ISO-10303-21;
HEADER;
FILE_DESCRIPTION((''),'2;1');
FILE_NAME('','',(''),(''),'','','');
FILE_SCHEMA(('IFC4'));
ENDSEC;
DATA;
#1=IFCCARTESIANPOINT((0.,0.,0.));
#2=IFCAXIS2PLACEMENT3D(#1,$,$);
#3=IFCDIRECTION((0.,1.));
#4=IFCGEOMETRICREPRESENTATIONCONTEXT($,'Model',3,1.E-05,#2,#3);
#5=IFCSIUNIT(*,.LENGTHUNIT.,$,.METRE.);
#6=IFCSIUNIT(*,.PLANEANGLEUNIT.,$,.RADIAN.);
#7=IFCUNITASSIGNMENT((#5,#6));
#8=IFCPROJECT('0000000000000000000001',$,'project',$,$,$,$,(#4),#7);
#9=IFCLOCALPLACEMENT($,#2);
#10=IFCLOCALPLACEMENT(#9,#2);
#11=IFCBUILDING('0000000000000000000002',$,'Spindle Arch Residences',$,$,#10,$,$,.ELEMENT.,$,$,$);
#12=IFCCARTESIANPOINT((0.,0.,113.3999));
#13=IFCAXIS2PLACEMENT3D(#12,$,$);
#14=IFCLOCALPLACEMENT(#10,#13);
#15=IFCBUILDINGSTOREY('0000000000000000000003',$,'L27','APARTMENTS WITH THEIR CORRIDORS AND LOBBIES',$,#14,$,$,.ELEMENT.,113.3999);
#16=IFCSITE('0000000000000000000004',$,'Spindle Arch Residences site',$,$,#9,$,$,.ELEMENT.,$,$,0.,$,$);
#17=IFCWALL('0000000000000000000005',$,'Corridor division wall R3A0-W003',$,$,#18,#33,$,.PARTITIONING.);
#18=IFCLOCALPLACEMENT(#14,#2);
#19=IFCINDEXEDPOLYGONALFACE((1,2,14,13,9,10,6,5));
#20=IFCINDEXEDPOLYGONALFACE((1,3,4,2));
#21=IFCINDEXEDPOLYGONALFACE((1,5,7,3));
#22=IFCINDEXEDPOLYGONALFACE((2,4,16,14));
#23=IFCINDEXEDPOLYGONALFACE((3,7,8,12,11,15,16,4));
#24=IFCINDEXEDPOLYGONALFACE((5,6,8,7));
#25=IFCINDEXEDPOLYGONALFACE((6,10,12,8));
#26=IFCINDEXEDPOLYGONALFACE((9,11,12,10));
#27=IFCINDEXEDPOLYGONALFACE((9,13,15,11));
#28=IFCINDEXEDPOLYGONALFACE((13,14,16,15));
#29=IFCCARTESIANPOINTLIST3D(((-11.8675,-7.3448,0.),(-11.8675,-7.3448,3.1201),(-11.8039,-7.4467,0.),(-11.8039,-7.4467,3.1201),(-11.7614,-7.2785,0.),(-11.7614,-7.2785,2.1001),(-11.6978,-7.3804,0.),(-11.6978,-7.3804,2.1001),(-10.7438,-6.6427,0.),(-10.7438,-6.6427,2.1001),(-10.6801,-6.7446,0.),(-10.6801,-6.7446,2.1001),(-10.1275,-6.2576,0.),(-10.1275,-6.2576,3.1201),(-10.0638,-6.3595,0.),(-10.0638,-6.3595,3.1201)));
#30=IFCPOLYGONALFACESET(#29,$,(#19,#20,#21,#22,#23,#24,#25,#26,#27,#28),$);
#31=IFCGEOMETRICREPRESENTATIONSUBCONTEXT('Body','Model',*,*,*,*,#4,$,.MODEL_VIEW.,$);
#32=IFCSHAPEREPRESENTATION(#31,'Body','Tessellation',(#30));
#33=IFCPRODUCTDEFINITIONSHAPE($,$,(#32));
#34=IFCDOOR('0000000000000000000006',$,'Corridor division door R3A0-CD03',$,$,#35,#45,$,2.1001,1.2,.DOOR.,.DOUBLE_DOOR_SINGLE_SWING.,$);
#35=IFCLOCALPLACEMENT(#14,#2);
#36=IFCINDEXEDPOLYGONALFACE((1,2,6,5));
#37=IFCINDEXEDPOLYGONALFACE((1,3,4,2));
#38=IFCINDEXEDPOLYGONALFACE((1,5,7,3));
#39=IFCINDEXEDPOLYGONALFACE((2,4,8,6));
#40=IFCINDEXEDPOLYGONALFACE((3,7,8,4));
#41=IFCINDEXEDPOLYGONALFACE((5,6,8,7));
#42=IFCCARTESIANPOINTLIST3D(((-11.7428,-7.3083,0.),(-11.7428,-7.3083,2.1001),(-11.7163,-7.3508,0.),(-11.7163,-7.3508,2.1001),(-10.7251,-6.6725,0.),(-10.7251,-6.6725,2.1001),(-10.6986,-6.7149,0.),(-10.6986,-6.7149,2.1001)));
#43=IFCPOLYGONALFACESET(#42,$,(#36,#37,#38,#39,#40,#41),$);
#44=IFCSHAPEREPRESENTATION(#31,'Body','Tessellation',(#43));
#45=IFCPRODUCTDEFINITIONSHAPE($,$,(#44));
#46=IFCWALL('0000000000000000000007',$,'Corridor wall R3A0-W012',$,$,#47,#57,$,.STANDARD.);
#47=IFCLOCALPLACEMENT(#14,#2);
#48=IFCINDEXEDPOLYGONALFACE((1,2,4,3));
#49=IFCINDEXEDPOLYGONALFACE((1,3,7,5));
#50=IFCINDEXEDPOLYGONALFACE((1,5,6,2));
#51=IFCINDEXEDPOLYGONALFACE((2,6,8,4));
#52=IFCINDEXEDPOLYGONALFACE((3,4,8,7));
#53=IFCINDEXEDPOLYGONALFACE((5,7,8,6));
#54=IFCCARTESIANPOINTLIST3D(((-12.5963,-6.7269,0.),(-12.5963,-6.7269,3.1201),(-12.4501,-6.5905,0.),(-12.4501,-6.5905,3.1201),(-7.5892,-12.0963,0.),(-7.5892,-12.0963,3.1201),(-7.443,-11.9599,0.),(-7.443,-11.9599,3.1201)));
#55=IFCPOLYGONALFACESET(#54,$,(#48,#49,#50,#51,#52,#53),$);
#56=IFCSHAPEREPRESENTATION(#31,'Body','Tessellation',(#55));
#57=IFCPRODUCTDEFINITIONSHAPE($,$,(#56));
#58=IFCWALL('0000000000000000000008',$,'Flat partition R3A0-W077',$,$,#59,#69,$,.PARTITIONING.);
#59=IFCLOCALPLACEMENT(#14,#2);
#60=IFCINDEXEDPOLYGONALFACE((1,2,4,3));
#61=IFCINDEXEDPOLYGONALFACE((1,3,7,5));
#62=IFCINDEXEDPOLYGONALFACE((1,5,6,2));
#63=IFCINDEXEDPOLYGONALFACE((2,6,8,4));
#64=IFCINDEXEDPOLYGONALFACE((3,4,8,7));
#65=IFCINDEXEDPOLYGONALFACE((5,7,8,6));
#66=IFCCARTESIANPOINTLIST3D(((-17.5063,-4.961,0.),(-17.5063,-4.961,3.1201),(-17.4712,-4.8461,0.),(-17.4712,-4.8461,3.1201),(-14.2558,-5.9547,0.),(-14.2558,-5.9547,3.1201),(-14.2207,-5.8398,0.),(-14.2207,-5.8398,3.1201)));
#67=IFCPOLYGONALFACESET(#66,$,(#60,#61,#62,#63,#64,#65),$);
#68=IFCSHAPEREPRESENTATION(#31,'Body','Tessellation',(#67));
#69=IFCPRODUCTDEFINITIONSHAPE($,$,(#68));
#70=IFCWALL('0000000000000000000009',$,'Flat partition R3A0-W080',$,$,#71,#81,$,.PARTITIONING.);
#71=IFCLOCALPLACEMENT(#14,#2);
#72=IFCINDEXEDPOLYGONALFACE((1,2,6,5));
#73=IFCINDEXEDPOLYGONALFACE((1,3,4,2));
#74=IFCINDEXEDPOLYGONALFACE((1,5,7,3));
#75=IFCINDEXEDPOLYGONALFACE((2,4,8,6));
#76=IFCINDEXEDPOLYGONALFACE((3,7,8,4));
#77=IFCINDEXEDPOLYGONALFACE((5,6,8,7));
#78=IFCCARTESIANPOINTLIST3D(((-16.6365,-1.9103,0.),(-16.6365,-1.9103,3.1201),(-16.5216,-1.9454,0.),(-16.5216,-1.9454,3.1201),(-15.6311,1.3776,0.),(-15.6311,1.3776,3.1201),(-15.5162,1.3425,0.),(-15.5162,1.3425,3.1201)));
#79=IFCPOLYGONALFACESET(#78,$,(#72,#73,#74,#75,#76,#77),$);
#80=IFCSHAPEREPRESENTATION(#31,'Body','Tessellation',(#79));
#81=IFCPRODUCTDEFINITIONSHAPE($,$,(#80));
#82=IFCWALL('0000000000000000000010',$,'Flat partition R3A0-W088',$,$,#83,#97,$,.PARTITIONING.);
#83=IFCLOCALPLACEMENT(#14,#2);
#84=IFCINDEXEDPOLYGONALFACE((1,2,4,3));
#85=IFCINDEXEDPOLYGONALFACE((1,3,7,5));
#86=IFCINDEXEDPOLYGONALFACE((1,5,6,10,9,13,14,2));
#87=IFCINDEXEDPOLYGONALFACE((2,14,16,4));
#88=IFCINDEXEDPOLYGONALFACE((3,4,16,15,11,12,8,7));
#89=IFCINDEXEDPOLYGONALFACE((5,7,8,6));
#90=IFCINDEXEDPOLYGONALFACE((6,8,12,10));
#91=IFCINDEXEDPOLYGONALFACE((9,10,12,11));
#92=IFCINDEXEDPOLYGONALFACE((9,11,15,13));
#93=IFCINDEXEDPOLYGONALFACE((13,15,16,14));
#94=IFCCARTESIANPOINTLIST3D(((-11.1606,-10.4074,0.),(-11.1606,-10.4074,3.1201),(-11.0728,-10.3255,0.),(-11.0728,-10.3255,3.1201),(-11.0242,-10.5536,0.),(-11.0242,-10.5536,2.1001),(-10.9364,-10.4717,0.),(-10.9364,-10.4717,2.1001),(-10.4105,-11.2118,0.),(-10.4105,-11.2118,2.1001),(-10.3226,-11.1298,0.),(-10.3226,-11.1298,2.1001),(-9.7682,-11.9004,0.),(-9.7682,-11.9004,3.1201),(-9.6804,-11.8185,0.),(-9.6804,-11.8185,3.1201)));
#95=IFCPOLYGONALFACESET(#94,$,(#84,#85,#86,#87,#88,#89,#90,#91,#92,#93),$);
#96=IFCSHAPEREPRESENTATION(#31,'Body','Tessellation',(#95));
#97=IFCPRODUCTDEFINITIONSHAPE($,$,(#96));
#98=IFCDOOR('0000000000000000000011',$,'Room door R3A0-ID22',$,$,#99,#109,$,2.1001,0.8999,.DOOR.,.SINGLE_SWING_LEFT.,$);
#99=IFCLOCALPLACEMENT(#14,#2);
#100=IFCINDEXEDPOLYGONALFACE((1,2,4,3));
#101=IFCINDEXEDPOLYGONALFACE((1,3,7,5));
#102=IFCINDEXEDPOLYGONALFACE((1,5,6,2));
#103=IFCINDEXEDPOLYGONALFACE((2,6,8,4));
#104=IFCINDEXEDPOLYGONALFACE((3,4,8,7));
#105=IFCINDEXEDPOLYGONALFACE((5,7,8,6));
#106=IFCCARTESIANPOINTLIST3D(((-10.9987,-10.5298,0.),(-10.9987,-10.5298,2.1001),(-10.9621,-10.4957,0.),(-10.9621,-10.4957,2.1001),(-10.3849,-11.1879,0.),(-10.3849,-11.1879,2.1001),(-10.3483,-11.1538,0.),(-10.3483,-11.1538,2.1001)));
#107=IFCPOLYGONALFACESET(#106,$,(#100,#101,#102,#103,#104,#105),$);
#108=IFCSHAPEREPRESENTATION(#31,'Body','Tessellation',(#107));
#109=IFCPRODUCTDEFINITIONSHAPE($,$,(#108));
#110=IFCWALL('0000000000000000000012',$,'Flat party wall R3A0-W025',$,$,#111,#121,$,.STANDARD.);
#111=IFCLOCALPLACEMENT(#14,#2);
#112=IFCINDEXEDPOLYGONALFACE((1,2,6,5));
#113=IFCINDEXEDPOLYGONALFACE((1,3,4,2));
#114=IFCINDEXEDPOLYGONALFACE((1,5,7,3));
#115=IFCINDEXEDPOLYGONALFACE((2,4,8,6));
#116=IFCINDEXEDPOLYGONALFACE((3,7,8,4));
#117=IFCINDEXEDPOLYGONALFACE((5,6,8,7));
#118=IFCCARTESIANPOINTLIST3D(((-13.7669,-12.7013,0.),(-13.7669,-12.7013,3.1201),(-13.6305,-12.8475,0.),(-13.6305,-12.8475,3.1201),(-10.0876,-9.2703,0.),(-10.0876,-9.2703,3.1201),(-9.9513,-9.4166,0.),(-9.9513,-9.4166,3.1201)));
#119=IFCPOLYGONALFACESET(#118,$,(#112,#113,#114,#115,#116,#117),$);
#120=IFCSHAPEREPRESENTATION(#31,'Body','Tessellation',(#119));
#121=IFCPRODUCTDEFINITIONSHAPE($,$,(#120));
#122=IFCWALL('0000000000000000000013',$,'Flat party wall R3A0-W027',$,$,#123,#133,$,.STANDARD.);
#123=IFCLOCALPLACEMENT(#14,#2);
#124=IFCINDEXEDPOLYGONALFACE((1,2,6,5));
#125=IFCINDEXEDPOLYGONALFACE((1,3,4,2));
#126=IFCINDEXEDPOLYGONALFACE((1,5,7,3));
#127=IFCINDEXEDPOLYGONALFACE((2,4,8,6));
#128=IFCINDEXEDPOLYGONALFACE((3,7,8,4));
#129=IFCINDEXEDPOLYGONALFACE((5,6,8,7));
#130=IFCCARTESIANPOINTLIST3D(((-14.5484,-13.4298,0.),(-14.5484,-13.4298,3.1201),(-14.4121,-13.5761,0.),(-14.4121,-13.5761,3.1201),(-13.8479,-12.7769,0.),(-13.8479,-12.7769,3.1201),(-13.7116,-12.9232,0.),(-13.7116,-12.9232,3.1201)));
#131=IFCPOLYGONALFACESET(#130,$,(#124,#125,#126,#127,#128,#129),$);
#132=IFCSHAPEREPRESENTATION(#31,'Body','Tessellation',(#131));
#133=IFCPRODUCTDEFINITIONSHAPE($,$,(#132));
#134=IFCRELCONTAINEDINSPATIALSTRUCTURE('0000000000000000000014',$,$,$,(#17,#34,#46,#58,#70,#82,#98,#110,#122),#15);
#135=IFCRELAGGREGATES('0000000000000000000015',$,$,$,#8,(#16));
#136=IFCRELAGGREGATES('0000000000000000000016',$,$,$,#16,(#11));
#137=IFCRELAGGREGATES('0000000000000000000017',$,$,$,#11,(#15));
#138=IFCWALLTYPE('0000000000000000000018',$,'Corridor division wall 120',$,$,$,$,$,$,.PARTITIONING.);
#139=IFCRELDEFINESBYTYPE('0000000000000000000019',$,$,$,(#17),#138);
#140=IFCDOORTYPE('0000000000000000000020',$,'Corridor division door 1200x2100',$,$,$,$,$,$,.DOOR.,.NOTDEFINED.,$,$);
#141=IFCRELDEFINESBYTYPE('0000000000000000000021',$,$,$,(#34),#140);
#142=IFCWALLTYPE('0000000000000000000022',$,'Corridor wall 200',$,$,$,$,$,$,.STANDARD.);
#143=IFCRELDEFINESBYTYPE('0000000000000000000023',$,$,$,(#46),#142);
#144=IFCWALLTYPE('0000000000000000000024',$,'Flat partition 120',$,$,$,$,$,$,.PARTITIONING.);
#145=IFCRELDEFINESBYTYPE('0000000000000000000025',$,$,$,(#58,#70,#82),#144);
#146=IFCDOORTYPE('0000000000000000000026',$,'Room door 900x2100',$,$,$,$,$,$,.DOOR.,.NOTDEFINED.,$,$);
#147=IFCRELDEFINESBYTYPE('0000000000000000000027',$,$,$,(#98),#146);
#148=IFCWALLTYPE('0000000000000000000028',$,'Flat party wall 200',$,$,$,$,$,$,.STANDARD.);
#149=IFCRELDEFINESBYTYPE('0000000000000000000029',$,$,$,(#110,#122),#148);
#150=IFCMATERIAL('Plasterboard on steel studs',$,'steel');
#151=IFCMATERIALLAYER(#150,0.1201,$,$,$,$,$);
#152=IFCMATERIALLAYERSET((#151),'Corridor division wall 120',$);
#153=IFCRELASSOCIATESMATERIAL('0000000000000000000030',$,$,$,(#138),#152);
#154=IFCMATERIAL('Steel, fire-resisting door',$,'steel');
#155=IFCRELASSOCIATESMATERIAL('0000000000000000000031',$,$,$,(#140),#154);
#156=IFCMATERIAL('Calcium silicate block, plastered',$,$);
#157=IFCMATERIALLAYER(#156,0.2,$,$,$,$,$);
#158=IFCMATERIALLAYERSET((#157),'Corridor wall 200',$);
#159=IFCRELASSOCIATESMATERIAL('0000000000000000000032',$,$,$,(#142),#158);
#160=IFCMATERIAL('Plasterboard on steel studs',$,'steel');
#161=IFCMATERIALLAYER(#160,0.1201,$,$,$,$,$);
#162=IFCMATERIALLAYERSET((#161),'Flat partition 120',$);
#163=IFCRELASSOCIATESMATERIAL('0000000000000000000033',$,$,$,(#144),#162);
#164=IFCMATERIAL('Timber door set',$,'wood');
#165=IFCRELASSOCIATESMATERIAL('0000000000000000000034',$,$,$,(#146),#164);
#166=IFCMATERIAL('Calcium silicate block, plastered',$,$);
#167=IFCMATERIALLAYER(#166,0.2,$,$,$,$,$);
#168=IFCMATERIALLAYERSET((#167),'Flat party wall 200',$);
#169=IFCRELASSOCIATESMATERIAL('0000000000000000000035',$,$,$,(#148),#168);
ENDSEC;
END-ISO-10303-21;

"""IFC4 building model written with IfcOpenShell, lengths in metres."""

from ifc_helpers import new_model, si_unit, direction, frame, frame_2d, origin, place, context, subcontext, project, spatial, rectangle, extrude, material, layer, layer_set, type_object, element, fill, save


model = new_model("IFC4")

# Units and contexts
model_context = context("Model", 3, precision=1e-05, world=origin(), true_north=direction((0.0, 1.0)))
body_context = subcontext(model_context, "Body", "Model", "MODEL_VIEW")
ifc_project = project(units=[si_unit("LENGTHUNIT", "METRE"), si_unit("PLANEANGLEUNIT", "RADIAN")], contexts=[model_context])

# Site, building, storey
site_placement = place(None, origin())
site = spatial("IfcSite", under=ifc_project, at=site_placement, Name="Spindle Arch Residences site", CompositionType="ELEMENT", RefElevation=0.0)
building_placement = place(site_placement, origin())
building = spatial("IfcBuilding", under=site, at=building_placement, Name="Spindle Arch Residences", CompositionType="ELEMENT")
storey_placement = place(building_placement, frame((0.0, 0.0, 113.3999)))
storey = spatial("IfcBuildingStorey", under=building, at=storey_placement, Name="L27", Description="APARTMENTS WITH THEIR CORRIDORS AND LOBBIES", CompositionType="ELEMENT", Elevation=113.3999)

# Wall, opening, door
ifc_material_1 = material(Name="Plasterboard on steel studs", Category="steel")
ifc_layer_1 = layer(ifc_material_1, 0.1201)
ifc_layer_set_1 = layer_set([ifc_layer_1], Name="Corridor division wall 120")
wall_type_1 = type_object("IfcWallType", Name="Corridor division wall 120", PredefinedType="PARTITIONING", material=ifc_layer_set_1)
wall_1_placement = place(storey_placement, frame((-11.8357, -7.3958, 0.0), z_axis=(0.0, 0.0, 1.0), x_axis=(0.848072, 0.529881, 0.0)))
wall_1 = element("IfcWall", 1, at=wall_1_placement, inside=storey, type_object=wall_type_1, Name="Corridor division wall R3A0-W003", PredefinedType="PARTITIONING", context=body_context, shape_type="SweptSolid", body=[
    extrude(rectangle(XDim=2.0518, YDim=0.1201, at=frame_2d((1.0259, 0.0))), origin(), (0.0, 0.0, 1.0), 3.1201),
])
opening_1_placement = place(wall_1_placement, frame((0.125, 0.0, 0.0)))
opening_1 = element("IfcOpeningElement", 2, at=opening_1_placement, cuts=wall_1, PredefinedType="OPENING", context=body_context, shape_type="SweptSolid", body=[
    extrude(rectangle(XDim=1.2, YDim=2.1001, at=frame_2d((0.6001, 1.05))), frame((0.0, 0.0701, 0.0), z_axis=(0.0, -1.0, 0.0), x_axis=(1.0, 0.0, 0.0)), (0.0, 0.0, 1.0), 0.1401),
])
ifc_material_2 = material(Name="Steel, fire-resisting door", Category="steel")
door_type_1 = type_object("IfcDoorType", Name="Corridor division door 1200x2100", OperationType="NOTDEFINED", PredefinedType="DOOR", material=ifc_material_2)
door_1_placement = place(opening_1_placement, origin())
door_1 = element("IfcDoor", 3, at=door_1_placement, inside=storey, type_object=door_type_1, Name="Corridor division door R3A0-CD03", OperationType="DOUBLE_DOOR_SINGLE_SWING", OverallHeight=2.1001, OverallWidth=1.2, PredefinedType="DOOR", context=body_context, shape_type="SweptSolid", body=[
    extrude(rectangle(XDim=1.2, YDim=2.1001, at=frame_2d((0.6001, 1.05))), frame((0.0, 0.0249, 0.0), z_axis=(0.0, -1.0, 0.0), x_axis=(1.0, 0.0, 0.0)), (0.0, 0.0, 1.0), 0.05),
])
fill(opening_1, door_1)

# Walls
ifc_material_3 = material(Name="Calcium silicate block, plastered")
ifc_layer_2 = layer(ifc_material_3, 0.2)
ifc_layer_set_2 = layer_set([ifc_layer_2], Name="Corridor wall 200")
wall_type_2 = type_object("IfcWallType", Name="Corridor wall 200", PredefinedType="STANDARD", material=ifc_layer_set_2)
wall_2_placement = place(storey_placement, frame((-12.5232, -6.6587, 0.0), z_axis=(0.0, 0.0, 1.0), x_axis=(0.682002, -0.73135, 0.0)))
element("IfcWall", 4, at=wall_2_placement, inside=storey, type_object=wall_type_2, Name="Corridor wall R3A0-W012", PredefinedType="STANDARD", context=body_context, shape_type="SweptSolid", body=[
    extrude(rectangle(XDim=7.3418, YDim=0.2, at=frame_2d((3.6709, 0.0))), origin(), (0.0, 0.0, 1.0), 3.1201),
])
ifc_material_4 = material(Name="Plasterboard on steel studs", Category="steel")
ifc_layer_3 = layer(ifc_material_4, 0.1201)
ifc_layer_set_3 = layer_set([ifc_layer_3], Name="Flat partition 120")
wall_type_3 = type_object("IfcWallType", Name="Flat partition 120", PredefinedType="PARTITIONING", material=ifc_layer_set_3)
wall_3_placement = place(storey_placement, frame((-14.2383, -5.8972, 0.0), z_axis=(0.0, 0.0, 1.0), x_axis=(-0.956315, 0.292339, 0.0)))
element("IfcWall", 5, at=wall_3_placement, inside=storey, type_object=wall_type_3, Name="Flat partition R3A0-W077", PredefinedType="PARTITIONING", context=body_context, shape_type="SweptSolid", body=[
    extrude(rectangle(XDim=3.3989, YDim=0.1201, at=frame_2d((1.6995, 0.0))), origin(), (0.0, 0.0, 1.0), 3.1201),
])
wall_4_placement = place(storey_placement, frame((-16.5791, -1.928, 0.0), z_axis=(0.0, 0.0, 1.0), x_axis=(0.292419, 0.95629, 0.0)))
element("IfcWall", 6, at=wall_4_placement, inside=storey, type_object=wall_type_3, Name="Flat partition R3A0-W080", PredefinedType="PARTITIONING", context=body_context, shape_type="SweptSolid", body=[
    extrude(rectangle(XDim=3.4382, YDim=0.1201, at=frame_2d((1.7192, 0.0))), origin(), (0.0, 0.0, 1.0), 3.1201),
])

# Wall, opening, door
wall_5_placement = place(storey_placement, frame((-11.1167, -10.3665, 0.0), z_axis=(0.0, 0.0, 1.0), x_axis=(0.682041, -0.731314, 0.0)))
wall_5 = element("IfcWall", 7, at=wall_5_placement, inside=storey, type_object=wall_type_3, Name="Flat partition R3A0-W088", PredefinedType="PARTITIONING", context=body_context, shape_type="SweptSolid", body=[
    extrude(rectangle(XDim=2.0415, YDim=0.1201, at=frame_2d((1.0208, 0.0))), origin(), (0.0, 0.0, 1.0), 3.1201),
])
opening_2_placement = place(wall_5_placement, frame((0.2, 0.0, 0.0)))
opening_2 = element("IfcOpeningElement", 8, at=opening_2_placement, cuts=wall_5, PredefinedType="OPENING", context=body_context, shape_type="SweptSolid", body=[
    extrude(rectangle(XDim=0.8999, YDim=2.1001, at=frame_2d((0.45, 1.05))), frame((0.0, 0.0701, 0.0), z_axis=(0.0, -1.0, 0.0), x_axis=(1.0, 0.0, 0.0)), (0.0, 0.0, 1.0), 0.1401),
])
ifc_material_5 = material(Name="Timber door set", Category="wood")
door_type_2 = type_object("IfcDoorType", Name="Room door 900x2100", OperationType="NOTDEFINED", PredefinedType="DOOR", material=ifc_material_5)
door_2_placement = place(opening_2_placement, origin())
door_2 = element("IfcDoor", 9, at=door_2_placement, inside=storey, type_object=door_type_2, Name="Room door R3A0-ID22", OperationType="SINGLE_SWING_LEFT", OverallHeight=2.1001, OverallWidth=0.8999, PredefinedType="DOOR", context=body_context, shape_type="SweptSolid", body=[
    extrude(rectangle(XDim=0.8999, YDim=2.1001, at=frame_2d((0.45, 1.05))), frame((0.0, 0.0249, 0.0), z_axis=(0.0, -1.0, 0.0), x_axis=(1.0, 0.0, 0.0)), (0.0, 0.0, 1.0), 0.05),
])
fill(opening_2, door_2)

# Walls
ifc_material_6 = material(Name="Calcium silicate block, plastered")
ifc_layer_4 = layer(ifc_material_6, 0.2)
ifc_layer_set_4 = layer_set([ifc_layer_4], Name="Flat party wall 200")
wall_type_4 = type_object("IfcWallType", Name="Flat party wall 200", PredefinedType="STANDARD", material=ifc_layer_set_4)
wall_6_placement = place(storey_placement, frame((-13.6987, -12.7744, 0.0), z_axis=(0.0, 0.0, 1.0), x_axis=(0.731354, 0.681998, 0.0)))
element("IfcWall", 10, at=wall_6_placement, inside=storey, type_object=wall_type_4, Name="Flat party wall R3A0-W025", PredefinedType="STANDARD", context=body_context, shape_type="SweptSolid", body=[
    extrude(rectangle(XDim=5.0308, YDim=0.2, at=frame_2d((2.5154, 0.0))), origin(), (0.0, 0.0, 1.0), 3.1201),
])
wall_7_placement = place(storey_placement, frame((-14.4802, -13.5029, 0.0), z_axis=(0.0, 0.0, 1.0), x_axis=(0.73153, 0.681809, 0.0)))
element("IfcWall", 11, at=wall_7_placement, inside=storey, type_object=wall_type_4, Name="Flat party wall R3A0-W027", PredefinedType="STANDARD", context=body_context, shape_type="SweptSolid", body=[
    extrude(rectangle(XDim=0.9575, YDim=0.2, at=frame_2d((0.4788, 0.0))), origin(), (0.0, 0.0, 1.0), 3.1201),
])

save(model, "model.ifc")
